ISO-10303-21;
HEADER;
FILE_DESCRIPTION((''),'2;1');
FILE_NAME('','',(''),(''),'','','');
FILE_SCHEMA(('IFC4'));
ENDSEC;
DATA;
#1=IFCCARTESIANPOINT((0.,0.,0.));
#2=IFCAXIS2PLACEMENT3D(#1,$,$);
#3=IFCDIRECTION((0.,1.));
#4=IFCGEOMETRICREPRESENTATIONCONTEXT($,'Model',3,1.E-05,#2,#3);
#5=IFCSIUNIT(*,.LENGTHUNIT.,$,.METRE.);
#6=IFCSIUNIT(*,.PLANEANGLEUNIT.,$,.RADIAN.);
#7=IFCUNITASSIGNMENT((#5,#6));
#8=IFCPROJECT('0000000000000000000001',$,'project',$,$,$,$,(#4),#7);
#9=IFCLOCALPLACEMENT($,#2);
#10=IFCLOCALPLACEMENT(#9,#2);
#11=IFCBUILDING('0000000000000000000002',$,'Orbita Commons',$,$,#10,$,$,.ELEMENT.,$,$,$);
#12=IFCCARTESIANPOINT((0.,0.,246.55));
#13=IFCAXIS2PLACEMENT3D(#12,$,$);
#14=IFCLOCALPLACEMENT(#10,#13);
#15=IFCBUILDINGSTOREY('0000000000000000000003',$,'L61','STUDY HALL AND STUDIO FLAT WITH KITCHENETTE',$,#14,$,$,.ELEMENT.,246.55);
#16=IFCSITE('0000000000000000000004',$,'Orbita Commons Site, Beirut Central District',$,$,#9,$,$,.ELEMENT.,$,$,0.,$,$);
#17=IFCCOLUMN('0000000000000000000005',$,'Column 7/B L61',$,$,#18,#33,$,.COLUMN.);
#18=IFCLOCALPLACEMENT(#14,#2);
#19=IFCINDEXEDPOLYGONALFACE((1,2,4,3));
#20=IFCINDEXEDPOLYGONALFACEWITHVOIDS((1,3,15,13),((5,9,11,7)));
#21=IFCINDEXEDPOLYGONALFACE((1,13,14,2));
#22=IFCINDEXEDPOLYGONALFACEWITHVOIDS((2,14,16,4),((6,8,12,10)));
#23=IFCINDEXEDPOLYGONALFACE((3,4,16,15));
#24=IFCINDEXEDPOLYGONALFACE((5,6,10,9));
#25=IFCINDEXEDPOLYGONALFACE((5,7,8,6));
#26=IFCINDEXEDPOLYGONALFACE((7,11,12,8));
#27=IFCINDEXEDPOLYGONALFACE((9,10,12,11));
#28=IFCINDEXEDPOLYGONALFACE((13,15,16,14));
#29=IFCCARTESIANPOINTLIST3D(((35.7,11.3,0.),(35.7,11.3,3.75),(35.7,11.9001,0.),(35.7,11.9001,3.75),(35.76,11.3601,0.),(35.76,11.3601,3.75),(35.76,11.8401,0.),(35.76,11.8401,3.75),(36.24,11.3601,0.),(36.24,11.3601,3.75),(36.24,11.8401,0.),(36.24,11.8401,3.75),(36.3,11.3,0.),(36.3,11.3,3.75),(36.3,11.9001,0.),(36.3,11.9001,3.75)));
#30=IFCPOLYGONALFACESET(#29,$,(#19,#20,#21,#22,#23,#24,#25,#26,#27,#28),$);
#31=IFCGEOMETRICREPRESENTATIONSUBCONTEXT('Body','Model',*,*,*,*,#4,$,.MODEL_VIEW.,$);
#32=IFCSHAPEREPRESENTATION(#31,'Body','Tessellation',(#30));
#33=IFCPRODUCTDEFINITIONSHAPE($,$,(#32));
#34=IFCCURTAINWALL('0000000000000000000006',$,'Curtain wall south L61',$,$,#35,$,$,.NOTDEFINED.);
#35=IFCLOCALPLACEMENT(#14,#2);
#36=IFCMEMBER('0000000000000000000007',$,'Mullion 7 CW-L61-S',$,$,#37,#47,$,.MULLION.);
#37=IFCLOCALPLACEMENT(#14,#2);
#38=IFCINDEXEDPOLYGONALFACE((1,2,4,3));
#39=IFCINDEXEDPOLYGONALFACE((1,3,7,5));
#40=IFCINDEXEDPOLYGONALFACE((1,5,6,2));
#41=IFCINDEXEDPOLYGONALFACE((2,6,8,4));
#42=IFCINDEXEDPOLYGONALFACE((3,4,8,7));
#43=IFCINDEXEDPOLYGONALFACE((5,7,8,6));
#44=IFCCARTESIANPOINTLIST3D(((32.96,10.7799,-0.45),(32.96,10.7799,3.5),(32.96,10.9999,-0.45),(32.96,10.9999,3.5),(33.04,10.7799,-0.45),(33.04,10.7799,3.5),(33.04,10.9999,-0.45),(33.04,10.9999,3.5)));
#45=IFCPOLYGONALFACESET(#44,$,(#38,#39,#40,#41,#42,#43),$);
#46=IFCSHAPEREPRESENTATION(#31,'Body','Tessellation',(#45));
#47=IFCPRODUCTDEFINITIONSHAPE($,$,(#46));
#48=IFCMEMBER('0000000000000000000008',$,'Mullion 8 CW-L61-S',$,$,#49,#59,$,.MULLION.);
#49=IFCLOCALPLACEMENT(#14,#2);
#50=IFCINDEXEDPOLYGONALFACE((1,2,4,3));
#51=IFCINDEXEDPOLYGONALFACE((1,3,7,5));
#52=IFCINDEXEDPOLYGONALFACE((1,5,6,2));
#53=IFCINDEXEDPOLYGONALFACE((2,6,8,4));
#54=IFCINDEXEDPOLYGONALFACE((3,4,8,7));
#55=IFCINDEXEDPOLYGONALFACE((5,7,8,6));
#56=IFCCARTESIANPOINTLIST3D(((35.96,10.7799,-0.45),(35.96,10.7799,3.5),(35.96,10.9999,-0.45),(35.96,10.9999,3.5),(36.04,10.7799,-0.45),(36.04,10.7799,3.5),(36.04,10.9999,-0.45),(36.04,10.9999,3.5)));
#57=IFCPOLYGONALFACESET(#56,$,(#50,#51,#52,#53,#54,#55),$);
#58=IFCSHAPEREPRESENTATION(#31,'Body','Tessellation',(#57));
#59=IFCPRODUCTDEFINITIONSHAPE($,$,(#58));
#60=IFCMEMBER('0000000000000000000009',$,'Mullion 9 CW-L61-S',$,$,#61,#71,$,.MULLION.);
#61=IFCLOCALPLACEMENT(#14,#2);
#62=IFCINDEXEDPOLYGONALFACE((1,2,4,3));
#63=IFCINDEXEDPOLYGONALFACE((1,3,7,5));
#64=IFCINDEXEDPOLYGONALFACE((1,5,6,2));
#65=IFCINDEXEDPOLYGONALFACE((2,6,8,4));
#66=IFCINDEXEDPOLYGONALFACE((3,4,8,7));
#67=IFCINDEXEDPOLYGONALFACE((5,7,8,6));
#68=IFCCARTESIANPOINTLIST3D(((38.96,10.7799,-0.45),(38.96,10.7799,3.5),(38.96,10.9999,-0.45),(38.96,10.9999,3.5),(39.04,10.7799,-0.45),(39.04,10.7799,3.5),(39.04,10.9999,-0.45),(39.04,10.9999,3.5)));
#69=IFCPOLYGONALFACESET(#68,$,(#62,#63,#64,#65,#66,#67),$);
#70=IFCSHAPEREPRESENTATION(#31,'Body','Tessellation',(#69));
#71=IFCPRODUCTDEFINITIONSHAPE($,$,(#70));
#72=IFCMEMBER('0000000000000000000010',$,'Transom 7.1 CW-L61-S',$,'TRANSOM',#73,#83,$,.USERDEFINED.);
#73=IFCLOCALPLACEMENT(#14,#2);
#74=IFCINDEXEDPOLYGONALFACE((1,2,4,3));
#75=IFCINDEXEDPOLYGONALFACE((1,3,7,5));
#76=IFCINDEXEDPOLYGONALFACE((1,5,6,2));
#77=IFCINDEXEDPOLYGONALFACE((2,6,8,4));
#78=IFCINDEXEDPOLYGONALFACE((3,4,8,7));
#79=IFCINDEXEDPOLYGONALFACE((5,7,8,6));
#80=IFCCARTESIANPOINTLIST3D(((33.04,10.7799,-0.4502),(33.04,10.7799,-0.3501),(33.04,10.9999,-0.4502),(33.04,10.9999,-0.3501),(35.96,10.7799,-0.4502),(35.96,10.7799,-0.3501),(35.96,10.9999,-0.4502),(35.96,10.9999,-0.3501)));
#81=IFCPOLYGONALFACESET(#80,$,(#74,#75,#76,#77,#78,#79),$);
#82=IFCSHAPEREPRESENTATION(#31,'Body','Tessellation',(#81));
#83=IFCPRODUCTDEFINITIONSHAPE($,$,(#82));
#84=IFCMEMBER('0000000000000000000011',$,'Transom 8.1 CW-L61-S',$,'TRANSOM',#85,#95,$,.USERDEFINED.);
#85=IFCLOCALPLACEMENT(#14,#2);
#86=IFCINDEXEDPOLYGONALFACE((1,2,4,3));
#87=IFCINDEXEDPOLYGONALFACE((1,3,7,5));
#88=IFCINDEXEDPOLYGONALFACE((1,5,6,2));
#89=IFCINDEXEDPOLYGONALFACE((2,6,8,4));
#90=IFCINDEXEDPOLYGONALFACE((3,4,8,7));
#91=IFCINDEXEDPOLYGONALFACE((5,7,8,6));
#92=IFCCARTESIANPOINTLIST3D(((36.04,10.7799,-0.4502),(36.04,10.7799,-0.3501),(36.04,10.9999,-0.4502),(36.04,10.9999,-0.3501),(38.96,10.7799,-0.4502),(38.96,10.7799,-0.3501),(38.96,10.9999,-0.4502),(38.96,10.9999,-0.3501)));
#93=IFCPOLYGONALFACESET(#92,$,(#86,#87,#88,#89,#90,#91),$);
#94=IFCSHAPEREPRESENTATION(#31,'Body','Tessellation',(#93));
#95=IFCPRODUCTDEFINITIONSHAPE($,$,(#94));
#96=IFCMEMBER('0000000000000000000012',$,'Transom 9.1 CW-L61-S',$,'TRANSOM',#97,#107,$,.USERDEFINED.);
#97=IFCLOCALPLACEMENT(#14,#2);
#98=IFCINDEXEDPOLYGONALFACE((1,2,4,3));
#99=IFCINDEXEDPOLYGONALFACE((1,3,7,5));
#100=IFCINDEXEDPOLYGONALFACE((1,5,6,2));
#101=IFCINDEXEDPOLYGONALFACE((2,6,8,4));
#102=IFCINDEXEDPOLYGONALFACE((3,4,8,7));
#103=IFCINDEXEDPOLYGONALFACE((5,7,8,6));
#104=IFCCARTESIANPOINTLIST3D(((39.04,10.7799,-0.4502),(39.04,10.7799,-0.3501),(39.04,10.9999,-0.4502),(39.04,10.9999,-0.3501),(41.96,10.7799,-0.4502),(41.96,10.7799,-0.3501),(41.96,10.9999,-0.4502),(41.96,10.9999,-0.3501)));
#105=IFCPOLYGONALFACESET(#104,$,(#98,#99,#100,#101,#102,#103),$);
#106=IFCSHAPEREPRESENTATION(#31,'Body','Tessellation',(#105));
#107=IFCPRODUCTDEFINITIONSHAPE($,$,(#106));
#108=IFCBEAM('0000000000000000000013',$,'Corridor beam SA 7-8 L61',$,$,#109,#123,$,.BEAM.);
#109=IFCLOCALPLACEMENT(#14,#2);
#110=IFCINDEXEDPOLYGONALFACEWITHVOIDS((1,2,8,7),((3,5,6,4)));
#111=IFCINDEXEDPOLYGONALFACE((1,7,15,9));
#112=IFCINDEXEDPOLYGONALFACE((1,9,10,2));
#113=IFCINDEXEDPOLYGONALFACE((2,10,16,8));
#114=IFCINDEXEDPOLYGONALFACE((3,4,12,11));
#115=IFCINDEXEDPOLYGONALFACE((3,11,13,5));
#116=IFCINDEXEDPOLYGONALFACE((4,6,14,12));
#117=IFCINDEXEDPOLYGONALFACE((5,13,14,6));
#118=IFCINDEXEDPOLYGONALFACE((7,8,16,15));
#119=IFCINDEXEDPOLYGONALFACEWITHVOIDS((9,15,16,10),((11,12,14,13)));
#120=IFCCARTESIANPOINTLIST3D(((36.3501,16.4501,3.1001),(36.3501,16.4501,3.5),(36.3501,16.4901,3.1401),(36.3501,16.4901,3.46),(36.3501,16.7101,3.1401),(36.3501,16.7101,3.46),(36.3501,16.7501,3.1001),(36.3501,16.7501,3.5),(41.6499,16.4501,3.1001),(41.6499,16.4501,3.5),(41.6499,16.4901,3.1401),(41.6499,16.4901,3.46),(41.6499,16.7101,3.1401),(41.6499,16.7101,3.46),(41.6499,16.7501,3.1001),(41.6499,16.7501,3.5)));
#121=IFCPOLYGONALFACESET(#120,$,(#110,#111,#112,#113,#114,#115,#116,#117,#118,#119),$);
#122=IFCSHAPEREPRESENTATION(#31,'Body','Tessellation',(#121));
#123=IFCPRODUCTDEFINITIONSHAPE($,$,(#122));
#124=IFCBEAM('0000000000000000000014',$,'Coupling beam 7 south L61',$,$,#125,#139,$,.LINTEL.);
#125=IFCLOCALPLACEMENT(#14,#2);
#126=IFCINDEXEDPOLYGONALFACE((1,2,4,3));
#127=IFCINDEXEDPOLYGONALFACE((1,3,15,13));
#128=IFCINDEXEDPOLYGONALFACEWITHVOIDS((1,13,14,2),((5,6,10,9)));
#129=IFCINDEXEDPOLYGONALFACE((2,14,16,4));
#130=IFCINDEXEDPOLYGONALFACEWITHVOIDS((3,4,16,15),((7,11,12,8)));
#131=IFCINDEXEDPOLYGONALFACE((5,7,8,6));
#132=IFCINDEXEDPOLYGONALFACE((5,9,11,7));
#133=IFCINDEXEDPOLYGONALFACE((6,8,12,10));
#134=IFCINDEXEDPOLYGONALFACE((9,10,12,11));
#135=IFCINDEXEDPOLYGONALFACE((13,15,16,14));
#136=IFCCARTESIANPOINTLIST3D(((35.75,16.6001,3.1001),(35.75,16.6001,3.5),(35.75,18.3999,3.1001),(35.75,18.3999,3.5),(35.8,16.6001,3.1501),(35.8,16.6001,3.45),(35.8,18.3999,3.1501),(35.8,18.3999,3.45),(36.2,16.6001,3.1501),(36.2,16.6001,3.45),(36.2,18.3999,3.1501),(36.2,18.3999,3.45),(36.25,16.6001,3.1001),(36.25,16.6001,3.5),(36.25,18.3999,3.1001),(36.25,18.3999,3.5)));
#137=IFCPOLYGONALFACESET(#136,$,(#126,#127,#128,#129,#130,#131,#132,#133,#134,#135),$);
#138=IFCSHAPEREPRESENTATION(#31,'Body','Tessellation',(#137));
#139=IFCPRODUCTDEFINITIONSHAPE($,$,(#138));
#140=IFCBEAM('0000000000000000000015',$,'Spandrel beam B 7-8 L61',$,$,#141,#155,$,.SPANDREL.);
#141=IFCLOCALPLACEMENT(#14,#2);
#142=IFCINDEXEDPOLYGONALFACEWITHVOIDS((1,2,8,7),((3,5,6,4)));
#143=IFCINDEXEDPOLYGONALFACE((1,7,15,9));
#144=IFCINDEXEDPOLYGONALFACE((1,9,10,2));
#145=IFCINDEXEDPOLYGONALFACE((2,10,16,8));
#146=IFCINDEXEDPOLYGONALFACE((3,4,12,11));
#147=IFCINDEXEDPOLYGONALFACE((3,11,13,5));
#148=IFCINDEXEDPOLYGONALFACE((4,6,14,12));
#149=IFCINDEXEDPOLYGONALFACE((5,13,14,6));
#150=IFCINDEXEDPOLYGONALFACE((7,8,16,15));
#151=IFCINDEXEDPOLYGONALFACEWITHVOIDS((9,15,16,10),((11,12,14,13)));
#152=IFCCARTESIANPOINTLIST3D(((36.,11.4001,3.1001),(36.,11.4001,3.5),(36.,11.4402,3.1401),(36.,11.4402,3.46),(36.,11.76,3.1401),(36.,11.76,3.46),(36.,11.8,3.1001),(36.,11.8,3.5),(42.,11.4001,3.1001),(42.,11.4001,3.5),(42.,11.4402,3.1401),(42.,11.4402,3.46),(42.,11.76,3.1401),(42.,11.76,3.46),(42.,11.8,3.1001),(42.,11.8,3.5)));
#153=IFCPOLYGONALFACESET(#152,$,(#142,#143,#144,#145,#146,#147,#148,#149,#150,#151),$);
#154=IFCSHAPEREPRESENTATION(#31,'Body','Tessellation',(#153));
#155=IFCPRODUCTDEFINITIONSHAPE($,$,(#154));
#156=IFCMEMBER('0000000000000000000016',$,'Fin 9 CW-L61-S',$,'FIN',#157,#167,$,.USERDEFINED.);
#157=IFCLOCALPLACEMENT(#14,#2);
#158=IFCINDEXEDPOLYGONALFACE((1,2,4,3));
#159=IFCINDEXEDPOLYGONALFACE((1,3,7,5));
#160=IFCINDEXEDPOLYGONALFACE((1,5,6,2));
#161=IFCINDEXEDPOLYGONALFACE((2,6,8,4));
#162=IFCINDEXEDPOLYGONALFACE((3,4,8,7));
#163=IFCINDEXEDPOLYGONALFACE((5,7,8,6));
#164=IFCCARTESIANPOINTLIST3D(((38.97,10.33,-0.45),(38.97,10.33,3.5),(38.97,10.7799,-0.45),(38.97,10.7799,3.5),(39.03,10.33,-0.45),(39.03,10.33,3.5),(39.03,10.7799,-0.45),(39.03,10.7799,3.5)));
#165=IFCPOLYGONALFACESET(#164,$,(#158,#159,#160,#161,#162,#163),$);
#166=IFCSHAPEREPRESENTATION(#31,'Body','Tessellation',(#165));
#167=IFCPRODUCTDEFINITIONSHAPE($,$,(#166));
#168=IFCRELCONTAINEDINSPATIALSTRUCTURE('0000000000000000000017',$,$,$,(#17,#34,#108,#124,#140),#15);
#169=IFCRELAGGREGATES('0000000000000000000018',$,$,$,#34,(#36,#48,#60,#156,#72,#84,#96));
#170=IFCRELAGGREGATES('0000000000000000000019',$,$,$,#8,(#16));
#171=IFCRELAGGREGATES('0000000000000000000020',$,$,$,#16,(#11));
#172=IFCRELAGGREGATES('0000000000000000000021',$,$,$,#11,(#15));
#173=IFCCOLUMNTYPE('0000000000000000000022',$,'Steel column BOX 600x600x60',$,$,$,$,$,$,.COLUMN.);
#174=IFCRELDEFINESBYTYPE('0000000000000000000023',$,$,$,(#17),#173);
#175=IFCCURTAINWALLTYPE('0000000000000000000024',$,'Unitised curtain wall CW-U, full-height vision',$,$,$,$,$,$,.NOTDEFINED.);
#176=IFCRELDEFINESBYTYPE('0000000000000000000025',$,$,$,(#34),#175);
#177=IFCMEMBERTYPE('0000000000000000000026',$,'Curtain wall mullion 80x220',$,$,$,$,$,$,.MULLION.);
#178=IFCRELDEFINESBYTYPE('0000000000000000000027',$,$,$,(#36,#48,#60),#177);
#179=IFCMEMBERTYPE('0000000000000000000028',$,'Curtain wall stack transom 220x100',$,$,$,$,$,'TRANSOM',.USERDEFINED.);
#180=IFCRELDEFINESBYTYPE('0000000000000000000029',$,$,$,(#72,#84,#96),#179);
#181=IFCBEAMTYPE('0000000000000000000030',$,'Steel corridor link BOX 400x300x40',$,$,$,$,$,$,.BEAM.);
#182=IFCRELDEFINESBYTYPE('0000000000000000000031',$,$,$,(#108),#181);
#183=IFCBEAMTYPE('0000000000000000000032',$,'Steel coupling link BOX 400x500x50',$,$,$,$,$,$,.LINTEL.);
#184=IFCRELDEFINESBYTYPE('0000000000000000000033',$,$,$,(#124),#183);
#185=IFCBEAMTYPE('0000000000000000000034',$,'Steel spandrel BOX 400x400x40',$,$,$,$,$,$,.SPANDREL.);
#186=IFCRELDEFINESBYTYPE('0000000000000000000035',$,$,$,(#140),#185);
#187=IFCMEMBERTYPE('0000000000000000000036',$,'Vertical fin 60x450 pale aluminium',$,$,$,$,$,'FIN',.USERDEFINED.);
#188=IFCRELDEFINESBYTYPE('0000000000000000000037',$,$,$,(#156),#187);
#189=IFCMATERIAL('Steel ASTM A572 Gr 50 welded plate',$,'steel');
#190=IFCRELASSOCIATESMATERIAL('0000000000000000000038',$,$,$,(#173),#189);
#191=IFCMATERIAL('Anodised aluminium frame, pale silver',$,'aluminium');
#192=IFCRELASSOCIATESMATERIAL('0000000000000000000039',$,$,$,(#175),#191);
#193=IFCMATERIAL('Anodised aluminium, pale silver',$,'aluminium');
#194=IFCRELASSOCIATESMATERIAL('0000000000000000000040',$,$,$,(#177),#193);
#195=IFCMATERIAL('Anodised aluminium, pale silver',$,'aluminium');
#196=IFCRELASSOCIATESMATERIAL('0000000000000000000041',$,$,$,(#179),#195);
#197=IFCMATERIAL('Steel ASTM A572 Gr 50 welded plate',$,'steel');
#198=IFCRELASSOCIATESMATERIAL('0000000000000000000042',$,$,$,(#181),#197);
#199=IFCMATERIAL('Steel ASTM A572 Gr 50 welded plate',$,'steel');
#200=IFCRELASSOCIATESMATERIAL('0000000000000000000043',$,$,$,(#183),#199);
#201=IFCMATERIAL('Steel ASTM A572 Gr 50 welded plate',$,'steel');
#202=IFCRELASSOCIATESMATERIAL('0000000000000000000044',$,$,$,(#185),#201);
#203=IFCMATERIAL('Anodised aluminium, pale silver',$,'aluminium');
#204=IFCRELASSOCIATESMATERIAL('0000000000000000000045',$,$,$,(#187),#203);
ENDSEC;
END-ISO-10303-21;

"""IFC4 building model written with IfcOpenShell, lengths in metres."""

from ifc_helpers import new_model, si_unit, direction, frame, origin, origin_2d, place, context, subcontext, project, spatial, rectangle, hollow_rectangle, extrude, material, material_profile, profile_set, type_object, element, aggregate, save


model = new_model("IFC4")

# Units and contexts
model_context = context("Model", 3, precision=1e-05, world=origin(), true_north=direction((0.0, 1.0)))
body_context = subcontext(model_context, "Body", "Model", "MODEL_VIEW")
ifc_project = project(units=[si_unit("LENGTHUNIT", "METRE"), si_unit("PLANEANGLEUNIT", "RADIAN")], contexts=[model_context])

# Site, building, storey
site_placement = place(None, origin())
site = spatial("IfcSite", under=ifc_project, at=site_placement, Name="Orbita Commons Site, Beirut Central District", CompositionType="ELEMENT", RefElevation=0.0)
building_placement = place(site_placement, origin())
building = spatial("IfcBuilding", under=site, at=building_placement, Name="Orbita Commons", CompositionType="ELEMENT")
storey_placement = place(building_placement, frame((0.0, 0.0, 246.55)))
storey = spatial("IfcBuildingStorey", under=building, at=storey_placement, Name="L61", Description="STUDY HALL AND STUDIO FLAT WITH KITCHENETTE", CompositionType="ELEMENT", Elevation=246.55)

# Column
ifc_material_1 = material(Name="Steel ASTM A572 Gr 50 welded plate", Category="steel")
ifc_material_profile_1 = material_profile(ifc_material_1, hollow_rectangle(XDim=0.6001, YDim=0.6001, WallThickness=0.0601, at=origin_2d()), Name="BOX 600x600x60")
ifc_profile_set_1 = profile_set([ifc_material_profile_1], Name="Steel ASTM A572 Gr 50 welded plate")
column_type = type_object("IfcColumnType", Name="Steel column BOX 600x600x60", PredefinedType="COLUMN", material=ifc_profile_set_1)
column_placement = place(storey_placement, frame((36.0, 11.6001, 0.0), z_axis=(0.0, 0.0, 1.0), x_axis=(1.0, 0.0, 0.0)))
element("IfcColumn", 1, at=column_placement, inside=storey, type_object=column_type, Name="Column 7/B L61", PredefinedType="COLUMN", context=body_context, shape_type="SweptSolid", body=[
    extrude(hollow_rectangle(XDim=0.6001, YDim=0.6001, WallThickness=0.0601, at=origin_2d()), origin(), (0.0, 0.0, 1.0), 3.75),
])

# Curtain wall, members
ifc_material_2 = material(Name="Anodised aluminium frame, pale silver", Category="aluminium")
curtain_wall_type = type_object("IfcCurtainWallType", Name="Unitised curtain wall CW-U, full-height vision", PredefinedType="NOTDEFINED", material=ifc_material_2)
curtain_wall_placement = place(storey_placement, origin())
curtain_wall = element("IfcCurtainWall", 2, at=curtain_wall_placement, inside=storey, type_object=curtain_wall_type, Name="Curtain wall south L61", PredefinedType="NOTDEFINED")
ifc_material_3 = material(Name="Anodised aluminium, pale silver", Category="aluminium")
ifc_material_profile_2 = material_profile(ifc_material_3, rectangle(XDim=0.0801, YDim=0.22, at=origin_2d()), Name="AL 80x220")
ifc_profile_set_2 = profile_set([ifc_material_profile_2], Name="Anodised aluminium, pale silver")
member_type_1 = type_object("IfcMemberType", Name="Curtain wall mullion 80x220", PredefinedType="MULLION", material=ifc_profile_set_2)
member_1_placement = place(storey_placement, frame((33.0, 10.8899, -0.45), z_axis=(0.0, 0.0, 1.0), x_axis=(1.0, 0.0, 0.0)))
member_1 = element("IfcMember", 3, at=member_1_placement, type_object=member_type_1, Name="Mullion 7 CW-L61-S", PredefinedType="MULLION", context=body_context, shape_type="SweptSolid", body=[
    extrude(rectangle(XDim=0.0801, YDim=0.22, at=origin_2d()), origin(), (0.0, 0.0, 1.0), 3.95),
])
member_2_placement = place(storey_placement, frame((36.0, 10.8899, -0.45), z_axis=(0.0, 0.0, 1.0), x_axis=(1.0, 0.0, 0.0)))
member_2 = element("IfcMember", 4, at=member_2_placement, type_object=member_type_1, Name="Mullion 8 CW-L61-S", PredefinedType="MULLION", context=body_context, shape_type="SweptSolid", body=[
    extrude(rectangle(XDim=0.0801, YDim=0.22, at=origin_2d()), origin(), (0.0, 0.0, 1.0), 3.95),
])
member_3_placement = place(storey_placement, frame((39.0, 10.8899, -0.45), z_axis=(0.0, 0.0, 1.0), x_axis=(1.0, 0.0, 0.0)))
member_3 = element("IfcMember", 5, at=member_3_placement, type_object=member_type_1, Name="Mullion 9 CW-L61-S", PredefinedType="MULLION", context=body_context, shape_type="SweptSolid", body=[
    extrude(rectangle(XDim=0.0801, YDim=0.22, at=origin_2d()), origin(), (0.0, 0.0, 1.0), 3.95),
])
ifc_material_4 = material(Name="Anodised aluminium, pale silver", Category="aluminium")
ifc_material_profile_3 = material_profile(ifc_material_4, rectangle(XDim=0.22, YDim=0.1001, at=origin_2d()), Name="AL 220x100")
ifc_profile_set_3 = profile_set([ifc_material_profile_3], Name="Anodised aluminium, pale silver")
member_type_2 = type_object("IfcMemberType", Name="Curtain wall stack transom 220x100", ElementType="TRANSOM", PredefinedType="USERDEFINED", material=ifc_profile_set_3)
member_4_placement = place(storey_placement, frame((33.04, 10.8899, -0.4001), z_axis=(1.0, 0.0, 0.0), x_axis=(0.0, 1.0, 0.0)))
member_4 = element("IfcMember", 6, at=member_4_placement, type_object=member_type_2, Name="Transom 7.1 CW-L61-S", ObjectType="TRANSOM", PredefinedType="USERDEFINED", context=body_context, shape_type="SweptSolid", body=[
    extrude(rectangle(XDim=0.22, YDim=0.1001, at=origin_2d()), origin(), (0.0, 0.0, 1.0), 2.9199),
])
member_5_placement = place(storey_placement, frame((36.04, 10.8899, -0.4001), z_axis=(1.0, 0.0, 0.0), x_axis=(0.0, 1.0, 0.0)))
member_5 = element("IfcMember", 7, at=member_5_placement, type_object=member_type_2, Name="Transom 8.1 CW-L61-S", ObjectType="TRANSOM", PredefinedType="USERDEFINED", context=body_context, shape_type="SweptSolid", body=[
    extrude(rectangle(XDim=0.22, YDim=0.1001, at=origin_2d()), origin(), (0.0, 0.0, 1.0), 2.9199),
])
member_6_placement = place(storey_placement, frame((39.04, 10.8899, -0.4001), z_axis=(1.0, 0.0, 0.0), x_axis=(0.0, 1.0, 0.0)))
member_6 = element("IfcMember", 8, at=member_6_placement, type_object=member_type_2, Name="Transom 9.1 CW-L61-S", ObjectType="TRANSOM", PredefinedType="USERDEFINED", context=body_context, shape_type="SweptSolid", body=[
    extrude(rectangle(XDim=0.22, YDim=0.1001, at=origin_2d()), origin(), (0.0, 0.0, 1.0), 2.9199),
])

# Beams
ifc_material_5 = material(Name="Steel ASTM A572 Gr 50 welded plate", Category="steel")
ifc_material_profile_4 = material_profile(ifc_material_5, hollow_rectangle(XDim=0.3, YDim=0.3999, WallThickness=0.04, at=origin_2d()), Name="BOX 400x300x40")
ifc_profile_set_4 = profile_set([ifc_material_profile_4], Name="Steel ASTM A572 Gr 50 welded plate")
beam_type_1 = type_object("IfcBeamType", Name="Steel corridor link BOX 400x300x40", PredefinedType="BEAM", material=ifc_profile_set_4)
beam_1_placement = place(storey_placement, frame((36.3501, 16.6001, 3.3), z_axis=(1.0, 0.0, 0.0), x_axis=(0.0, 1.0, 0.0)))
element("IfcBeam", 9, at=beam_1_placement, inside=storey, type_object=beam_type_1, Name="Corridor beam SA 7-8 L61", PredefinedType="BEAM", context=body_context, shape_type="SweptSolid", body=[
    extrude(hollow_rectangle(XDim=0.3, YDim=0.3999, WallThickness=0.04, at=origin_2d()), origin(), (0.0, 0.0, 1.0), 5.2998),
])
ifc_material_6 = material(Name="Steel ASTM A572 Gr 50 welded plate", Category="steel")
ifc_material_profile_5 = material_profile(ifc_material_6, hollow_rectangle(XDim=0.5, YDim=0.3999, WallThickness=0.05, at=origin_2d()), Name="BOX 400x500x50")
ifc_profile_set_5 = profile_set([ifc_material_profile_5], Name="Steel ASTM A572 Gr 50 welded plate")
beam_type_2 = type_object("IfcBeamType", Name="Steel coupling link BOX 400x500x50", PredefinedType="LINTEL", material=ifc_profile_set_5)
beam_2_placement = place(storey_placement, frame((36.0, 16.6001, 3.3), z_axis=(0.0, 1.0, 0.0), x_axis=(-1.0, 0.0, 0.0)))
element("IfcBeam", 10, at=beam_2_placement, inside=storey, type_object=beam_type_2, Name="Coupling beam 7 south L61", PredefinedType="LINTEL", context=body_context, shape_type="SweptSolid", body=[
    extrude(hollow_rectangle(XDim=0.5, YDim=0.3999, WallThickness=0.05, at=origin_2d()), origin(), (0.0, 0.0, 1.0), 1.7998),
])
ifc_material_7 = material(Name="Steel ASTM A572 Gr 50 welded plate", Category="steel")
ifc_material_profile_6 = material_profile(ifc_material_7, hollow_rectangle(XDim=0.3999, YDim=0.3999, WallThickness=0.04, at=origin_2d()), Name="BOX 400x400x40")
ifc_profile_set_6 = profile_set([ifc_material_profile_6], Name="Steel ASTM A572 Gr 50 welded plate")
beam_type_3 = type_object("IfcBeamType", Name="Steel spandrel BOX 400x400x40", PredefinedType="SPANDREL", material=ifc_profile_set_6)
beam_3_placement = place(storey_placement, frame((36.0, 11.6001, 3.3), z_axis=(1.0, 0.0, 0.0), x_axis=(0.0, 1.0, 0.0)))
element("IfcBeam", 11, at=beam_3_placement, inside=storey, type_object=beam_type_3, Name="Spandrel beam B 7-8 L61", PredefinedType="SPANDREL", context=body_context, shape_type="SweptSolid", body=[
    extrude(hollow_rectangle(XDim=0.3999, YDim=0.3999, WallThickness=0.04, at=origin_2d()), origin(), (0.0, 0.0, 1.0), 6.0),
])

# Member
ifc_material_8 = material(Name="Anodised aluminium, pale silver", Category="aluminium")
ifc_material_profile_7 = material_profile(ifc_material_8, rectangle(XDim=0.0601, YDim=0.45, at=origin_2d()), Name="FIN 60x450")
ifc_profile_set_7 = profile_set([ifc_material_profile_7], Name="Anodised aluminium, pale silver")
member_type_3 = type_object("IfcMemberType", Name="Vertical fin 60x450 pale aluminium", ElementType="FIN", PredefinedType="USERDEFINED", material=ifc_profile_set_7)
member_7_placement = place(storey_placement, frame((39.0, 10.5549, -0.45), z_axis=(0.0, 0.0, 1.0), x_axis=(1.0, 0.0, 0.0)))
member_7 = element("IfcMember", 12, at=member_7_placement, type_object=member_type_3, Name="Fin 9 CW-L61-S", ObjectType="FIN", PredefinedType="USERDEFINED", context=body_context, shape_type="SweptSolid", body=[
    extrude(rectangle(XDim=0.0601, YDim=0.45, at=origin_2d()), origin(), (0.0, 0.0, 1.0), 3.95),
])

aggregate(curtain_wall, [member_1, member_2, member_3, member_7, member_4, member_5, member_6])

save(model, "model.ifc")
